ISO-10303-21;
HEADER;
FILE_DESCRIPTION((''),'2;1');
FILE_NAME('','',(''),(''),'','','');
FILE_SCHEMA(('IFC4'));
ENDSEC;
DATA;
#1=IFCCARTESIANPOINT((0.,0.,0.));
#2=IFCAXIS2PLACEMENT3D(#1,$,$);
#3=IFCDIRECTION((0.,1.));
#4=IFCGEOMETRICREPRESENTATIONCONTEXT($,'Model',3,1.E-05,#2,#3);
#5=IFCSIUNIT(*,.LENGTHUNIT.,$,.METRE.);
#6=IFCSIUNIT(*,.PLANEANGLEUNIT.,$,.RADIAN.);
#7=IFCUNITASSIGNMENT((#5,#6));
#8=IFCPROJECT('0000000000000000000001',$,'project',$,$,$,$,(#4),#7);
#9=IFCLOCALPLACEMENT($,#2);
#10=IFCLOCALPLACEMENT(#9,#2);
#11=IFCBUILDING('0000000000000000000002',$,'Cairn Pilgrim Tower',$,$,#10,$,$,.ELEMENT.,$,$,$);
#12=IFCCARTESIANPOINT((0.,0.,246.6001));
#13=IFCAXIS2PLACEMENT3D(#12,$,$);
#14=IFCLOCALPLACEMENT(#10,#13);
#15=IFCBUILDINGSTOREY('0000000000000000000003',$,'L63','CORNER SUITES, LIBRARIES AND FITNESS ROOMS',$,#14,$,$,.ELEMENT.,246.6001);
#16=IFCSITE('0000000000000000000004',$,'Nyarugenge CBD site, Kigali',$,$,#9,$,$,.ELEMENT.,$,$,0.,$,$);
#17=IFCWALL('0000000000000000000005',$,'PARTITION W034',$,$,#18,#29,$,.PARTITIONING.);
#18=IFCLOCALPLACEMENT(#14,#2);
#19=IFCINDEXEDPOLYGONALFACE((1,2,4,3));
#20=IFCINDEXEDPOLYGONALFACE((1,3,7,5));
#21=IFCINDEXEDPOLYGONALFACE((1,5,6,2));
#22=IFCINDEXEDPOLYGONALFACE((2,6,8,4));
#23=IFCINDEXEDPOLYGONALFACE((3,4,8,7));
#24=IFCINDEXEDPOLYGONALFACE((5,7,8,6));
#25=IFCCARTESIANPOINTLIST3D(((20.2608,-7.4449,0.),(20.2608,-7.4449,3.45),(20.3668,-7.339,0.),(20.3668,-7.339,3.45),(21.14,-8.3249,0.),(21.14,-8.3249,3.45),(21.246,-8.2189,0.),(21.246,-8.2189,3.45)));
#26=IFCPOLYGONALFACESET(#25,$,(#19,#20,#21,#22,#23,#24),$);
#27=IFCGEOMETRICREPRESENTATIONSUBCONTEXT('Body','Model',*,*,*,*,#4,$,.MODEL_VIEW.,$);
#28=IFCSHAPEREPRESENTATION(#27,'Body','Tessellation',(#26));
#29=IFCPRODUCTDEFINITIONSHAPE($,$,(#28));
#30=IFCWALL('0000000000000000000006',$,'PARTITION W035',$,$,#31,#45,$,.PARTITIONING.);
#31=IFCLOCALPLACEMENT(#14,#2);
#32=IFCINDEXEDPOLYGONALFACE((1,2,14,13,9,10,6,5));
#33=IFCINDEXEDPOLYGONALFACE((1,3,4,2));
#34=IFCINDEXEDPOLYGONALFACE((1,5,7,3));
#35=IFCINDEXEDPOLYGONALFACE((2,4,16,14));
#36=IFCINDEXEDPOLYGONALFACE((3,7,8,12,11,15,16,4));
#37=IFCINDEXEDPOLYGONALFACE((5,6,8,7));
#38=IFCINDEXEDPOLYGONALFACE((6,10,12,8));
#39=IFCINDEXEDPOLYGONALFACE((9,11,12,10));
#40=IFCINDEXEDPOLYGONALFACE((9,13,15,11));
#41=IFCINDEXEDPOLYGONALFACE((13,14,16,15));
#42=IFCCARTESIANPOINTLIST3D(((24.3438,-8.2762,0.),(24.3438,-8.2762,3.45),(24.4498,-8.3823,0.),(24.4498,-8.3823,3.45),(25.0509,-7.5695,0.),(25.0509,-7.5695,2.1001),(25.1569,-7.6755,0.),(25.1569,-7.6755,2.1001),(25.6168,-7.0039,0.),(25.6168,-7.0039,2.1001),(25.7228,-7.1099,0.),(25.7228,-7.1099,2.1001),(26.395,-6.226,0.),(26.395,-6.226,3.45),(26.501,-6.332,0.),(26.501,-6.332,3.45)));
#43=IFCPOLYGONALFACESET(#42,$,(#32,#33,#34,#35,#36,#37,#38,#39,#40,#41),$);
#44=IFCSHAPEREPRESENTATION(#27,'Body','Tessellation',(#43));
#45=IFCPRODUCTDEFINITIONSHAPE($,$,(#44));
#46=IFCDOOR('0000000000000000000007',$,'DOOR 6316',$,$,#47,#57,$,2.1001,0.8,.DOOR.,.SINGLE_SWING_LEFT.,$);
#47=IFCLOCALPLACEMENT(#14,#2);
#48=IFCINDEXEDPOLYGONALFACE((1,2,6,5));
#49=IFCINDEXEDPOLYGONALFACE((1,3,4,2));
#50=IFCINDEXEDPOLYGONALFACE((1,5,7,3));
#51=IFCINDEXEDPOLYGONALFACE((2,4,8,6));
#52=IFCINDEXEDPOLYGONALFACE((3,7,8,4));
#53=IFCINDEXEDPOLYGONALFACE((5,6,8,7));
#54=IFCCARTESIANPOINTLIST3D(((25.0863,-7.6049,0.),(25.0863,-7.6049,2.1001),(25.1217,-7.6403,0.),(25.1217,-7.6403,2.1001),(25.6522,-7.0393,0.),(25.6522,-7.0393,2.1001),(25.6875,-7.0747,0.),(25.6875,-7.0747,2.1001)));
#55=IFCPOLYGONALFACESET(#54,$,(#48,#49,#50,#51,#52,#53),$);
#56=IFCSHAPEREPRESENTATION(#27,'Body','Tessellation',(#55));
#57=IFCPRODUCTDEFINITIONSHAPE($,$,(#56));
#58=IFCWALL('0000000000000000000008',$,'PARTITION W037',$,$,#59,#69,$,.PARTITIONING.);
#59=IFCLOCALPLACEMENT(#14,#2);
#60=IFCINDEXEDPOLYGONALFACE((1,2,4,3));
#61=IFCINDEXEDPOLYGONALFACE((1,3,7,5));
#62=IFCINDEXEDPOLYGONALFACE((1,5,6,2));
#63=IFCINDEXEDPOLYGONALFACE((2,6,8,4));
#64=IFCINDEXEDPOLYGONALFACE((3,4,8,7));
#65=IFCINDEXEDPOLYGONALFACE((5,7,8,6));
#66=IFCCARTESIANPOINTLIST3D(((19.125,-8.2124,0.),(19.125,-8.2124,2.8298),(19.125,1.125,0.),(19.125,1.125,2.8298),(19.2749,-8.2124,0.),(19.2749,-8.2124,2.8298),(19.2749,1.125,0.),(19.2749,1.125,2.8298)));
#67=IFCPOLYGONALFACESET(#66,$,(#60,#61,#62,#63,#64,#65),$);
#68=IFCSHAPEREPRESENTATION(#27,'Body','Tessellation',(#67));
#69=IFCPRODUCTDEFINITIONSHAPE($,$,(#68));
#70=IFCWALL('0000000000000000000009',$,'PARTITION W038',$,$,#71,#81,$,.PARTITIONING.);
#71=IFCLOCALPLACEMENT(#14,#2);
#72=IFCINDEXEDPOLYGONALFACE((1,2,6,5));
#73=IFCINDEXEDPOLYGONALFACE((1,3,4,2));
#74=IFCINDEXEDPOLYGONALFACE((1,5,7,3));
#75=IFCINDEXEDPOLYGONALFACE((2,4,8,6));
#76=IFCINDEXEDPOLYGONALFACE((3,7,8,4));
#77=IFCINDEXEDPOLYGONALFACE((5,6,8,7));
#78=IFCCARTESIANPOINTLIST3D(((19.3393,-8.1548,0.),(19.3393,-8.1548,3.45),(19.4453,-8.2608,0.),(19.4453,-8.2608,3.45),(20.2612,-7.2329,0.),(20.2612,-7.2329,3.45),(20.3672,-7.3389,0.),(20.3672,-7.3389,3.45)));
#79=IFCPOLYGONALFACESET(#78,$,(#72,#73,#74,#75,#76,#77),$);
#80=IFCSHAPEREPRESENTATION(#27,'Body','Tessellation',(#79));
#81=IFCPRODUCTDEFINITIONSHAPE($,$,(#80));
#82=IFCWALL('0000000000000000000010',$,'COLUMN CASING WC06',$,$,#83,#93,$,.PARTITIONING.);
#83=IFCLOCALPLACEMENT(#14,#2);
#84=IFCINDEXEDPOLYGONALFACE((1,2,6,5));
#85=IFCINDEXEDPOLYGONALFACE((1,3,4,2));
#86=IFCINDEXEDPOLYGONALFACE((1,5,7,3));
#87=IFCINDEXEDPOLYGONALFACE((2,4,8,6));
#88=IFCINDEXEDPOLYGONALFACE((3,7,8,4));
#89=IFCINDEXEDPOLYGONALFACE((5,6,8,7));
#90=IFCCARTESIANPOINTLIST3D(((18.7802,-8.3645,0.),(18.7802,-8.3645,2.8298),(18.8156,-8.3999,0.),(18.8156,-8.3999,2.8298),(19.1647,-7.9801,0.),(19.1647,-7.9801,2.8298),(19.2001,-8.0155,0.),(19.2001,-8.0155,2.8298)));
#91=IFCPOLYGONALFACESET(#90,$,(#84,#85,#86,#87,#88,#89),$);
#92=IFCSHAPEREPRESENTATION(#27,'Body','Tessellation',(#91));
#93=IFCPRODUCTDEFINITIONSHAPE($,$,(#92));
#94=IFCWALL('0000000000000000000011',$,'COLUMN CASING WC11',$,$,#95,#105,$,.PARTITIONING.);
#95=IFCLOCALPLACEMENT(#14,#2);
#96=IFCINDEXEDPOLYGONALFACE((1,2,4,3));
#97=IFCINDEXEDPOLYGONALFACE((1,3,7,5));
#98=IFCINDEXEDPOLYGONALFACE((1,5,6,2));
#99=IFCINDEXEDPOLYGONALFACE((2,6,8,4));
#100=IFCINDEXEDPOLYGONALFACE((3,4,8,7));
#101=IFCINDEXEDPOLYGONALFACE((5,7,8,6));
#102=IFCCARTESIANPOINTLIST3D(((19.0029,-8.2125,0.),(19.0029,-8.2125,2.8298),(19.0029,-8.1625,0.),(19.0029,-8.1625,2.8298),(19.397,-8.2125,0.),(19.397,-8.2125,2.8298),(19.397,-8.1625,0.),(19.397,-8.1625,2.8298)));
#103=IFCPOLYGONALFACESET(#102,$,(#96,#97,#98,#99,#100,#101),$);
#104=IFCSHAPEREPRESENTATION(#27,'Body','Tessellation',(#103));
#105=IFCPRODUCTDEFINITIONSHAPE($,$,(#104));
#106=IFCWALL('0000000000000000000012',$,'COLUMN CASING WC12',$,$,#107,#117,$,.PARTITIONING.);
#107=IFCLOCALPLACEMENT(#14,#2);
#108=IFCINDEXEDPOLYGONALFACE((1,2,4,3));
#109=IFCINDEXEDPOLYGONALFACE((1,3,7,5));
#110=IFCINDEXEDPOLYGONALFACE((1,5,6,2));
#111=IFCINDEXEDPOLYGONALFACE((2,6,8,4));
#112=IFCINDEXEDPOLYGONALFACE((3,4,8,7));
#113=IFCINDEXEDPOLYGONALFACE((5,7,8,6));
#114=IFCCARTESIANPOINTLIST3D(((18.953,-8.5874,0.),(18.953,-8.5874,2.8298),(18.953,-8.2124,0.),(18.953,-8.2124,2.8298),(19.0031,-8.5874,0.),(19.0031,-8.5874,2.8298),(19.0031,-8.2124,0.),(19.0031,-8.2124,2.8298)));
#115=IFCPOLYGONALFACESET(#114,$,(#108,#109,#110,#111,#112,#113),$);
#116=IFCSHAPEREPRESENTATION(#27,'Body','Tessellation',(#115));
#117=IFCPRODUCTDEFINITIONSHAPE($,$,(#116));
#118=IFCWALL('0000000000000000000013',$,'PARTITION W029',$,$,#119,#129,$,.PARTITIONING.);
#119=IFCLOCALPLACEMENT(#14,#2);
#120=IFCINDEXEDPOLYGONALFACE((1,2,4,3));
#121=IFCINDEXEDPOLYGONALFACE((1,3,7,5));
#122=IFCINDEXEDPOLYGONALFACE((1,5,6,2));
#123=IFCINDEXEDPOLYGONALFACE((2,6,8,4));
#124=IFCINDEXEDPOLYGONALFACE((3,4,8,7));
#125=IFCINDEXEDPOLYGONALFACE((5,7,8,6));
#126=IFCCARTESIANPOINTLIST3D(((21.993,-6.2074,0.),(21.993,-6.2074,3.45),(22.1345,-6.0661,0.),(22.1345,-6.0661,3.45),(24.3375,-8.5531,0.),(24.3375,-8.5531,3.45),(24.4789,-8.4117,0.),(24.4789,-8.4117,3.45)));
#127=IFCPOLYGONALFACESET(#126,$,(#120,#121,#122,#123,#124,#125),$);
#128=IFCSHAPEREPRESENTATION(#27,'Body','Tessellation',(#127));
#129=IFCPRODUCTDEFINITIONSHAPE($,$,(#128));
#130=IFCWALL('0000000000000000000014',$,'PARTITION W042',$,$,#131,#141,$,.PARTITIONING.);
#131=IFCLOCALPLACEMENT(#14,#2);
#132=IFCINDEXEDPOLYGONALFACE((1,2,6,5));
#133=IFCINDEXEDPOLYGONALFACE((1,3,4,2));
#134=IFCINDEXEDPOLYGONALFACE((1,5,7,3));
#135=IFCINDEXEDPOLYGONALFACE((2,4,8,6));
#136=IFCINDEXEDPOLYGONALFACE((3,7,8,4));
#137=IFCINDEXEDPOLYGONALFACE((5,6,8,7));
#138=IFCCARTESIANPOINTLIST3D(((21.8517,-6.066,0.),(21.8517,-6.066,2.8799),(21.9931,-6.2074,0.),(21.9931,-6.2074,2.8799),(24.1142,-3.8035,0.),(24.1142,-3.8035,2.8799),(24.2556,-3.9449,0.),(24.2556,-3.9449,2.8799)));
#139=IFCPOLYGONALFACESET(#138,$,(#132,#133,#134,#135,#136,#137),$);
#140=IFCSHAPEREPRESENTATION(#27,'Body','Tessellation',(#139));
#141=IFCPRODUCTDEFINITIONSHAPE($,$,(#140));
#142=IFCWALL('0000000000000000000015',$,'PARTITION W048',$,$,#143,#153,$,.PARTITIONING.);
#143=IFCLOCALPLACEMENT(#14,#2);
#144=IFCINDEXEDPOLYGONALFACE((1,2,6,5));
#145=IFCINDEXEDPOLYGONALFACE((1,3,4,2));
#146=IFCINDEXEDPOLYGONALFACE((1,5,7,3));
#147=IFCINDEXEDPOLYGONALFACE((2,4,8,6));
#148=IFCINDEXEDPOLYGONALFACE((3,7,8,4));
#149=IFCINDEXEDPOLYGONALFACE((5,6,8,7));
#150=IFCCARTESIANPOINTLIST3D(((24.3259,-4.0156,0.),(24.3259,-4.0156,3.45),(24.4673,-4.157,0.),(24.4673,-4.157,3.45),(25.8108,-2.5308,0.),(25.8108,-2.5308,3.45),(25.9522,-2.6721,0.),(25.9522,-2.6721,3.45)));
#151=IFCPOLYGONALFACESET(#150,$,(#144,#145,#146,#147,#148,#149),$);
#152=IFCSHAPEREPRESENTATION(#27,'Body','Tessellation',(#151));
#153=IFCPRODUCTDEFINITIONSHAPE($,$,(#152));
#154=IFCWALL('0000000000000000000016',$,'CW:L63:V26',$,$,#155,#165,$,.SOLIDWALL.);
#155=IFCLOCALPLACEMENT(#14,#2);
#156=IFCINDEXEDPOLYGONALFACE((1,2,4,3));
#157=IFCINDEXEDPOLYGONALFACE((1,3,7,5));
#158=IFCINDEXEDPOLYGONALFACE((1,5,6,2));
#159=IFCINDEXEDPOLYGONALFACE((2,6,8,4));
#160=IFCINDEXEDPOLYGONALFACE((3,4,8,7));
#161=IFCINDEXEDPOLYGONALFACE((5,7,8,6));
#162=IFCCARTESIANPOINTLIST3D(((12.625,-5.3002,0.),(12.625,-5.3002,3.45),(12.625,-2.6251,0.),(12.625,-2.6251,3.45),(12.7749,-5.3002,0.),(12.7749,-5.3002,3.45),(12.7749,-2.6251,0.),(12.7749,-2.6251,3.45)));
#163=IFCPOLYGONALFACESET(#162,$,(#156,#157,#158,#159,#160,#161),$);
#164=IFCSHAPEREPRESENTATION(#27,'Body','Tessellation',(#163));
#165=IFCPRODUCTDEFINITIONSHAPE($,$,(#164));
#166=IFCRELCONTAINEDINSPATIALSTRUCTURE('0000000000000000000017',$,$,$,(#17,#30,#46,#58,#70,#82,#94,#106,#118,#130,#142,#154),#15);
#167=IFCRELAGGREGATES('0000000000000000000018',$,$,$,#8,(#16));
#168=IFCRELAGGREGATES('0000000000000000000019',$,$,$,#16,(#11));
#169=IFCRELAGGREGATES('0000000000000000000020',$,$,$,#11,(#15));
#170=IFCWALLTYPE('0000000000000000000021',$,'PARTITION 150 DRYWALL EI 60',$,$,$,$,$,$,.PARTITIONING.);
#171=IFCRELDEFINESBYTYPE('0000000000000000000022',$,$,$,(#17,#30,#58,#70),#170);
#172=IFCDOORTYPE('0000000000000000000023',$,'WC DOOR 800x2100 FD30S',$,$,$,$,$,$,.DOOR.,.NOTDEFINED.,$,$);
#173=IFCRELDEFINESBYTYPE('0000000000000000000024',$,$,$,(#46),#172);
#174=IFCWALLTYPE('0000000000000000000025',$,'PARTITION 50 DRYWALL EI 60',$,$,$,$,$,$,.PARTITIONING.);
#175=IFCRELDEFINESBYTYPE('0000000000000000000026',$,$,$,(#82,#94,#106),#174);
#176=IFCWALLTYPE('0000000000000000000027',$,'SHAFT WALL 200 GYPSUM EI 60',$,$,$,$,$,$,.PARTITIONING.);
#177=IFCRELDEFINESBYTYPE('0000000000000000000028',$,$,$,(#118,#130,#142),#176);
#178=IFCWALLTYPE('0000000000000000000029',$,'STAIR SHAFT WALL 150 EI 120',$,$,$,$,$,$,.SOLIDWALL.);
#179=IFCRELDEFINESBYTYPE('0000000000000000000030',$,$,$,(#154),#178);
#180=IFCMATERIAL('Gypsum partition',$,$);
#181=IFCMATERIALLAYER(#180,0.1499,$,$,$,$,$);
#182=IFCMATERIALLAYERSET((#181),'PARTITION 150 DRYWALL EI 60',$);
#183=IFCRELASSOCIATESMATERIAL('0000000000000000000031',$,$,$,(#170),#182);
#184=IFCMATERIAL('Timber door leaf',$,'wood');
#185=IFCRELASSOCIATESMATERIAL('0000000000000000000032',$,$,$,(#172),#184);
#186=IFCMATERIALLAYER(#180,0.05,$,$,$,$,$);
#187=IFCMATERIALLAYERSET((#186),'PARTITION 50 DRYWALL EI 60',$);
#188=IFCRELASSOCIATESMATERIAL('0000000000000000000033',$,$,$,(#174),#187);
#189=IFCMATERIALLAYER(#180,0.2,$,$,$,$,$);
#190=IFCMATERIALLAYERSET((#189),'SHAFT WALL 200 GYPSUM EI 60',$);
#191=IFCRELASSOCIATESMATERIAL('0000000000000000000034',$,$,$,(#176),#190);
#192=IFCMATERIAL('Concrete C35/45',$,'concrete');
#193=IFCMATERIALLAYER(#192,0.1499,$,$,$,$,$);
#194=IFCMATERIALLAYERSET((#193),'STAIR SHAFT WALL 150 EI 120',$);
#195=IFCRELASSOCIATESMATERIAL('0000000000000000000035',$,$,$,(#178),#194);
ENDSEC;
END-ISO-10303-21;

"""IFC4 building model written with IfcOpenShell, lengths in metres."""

from ifc_helpers import new_model, si_unit, direction, frame, frame_2d, origin, place, context, subcontext, project, spatial, rectangle, extrude, material, layer, layer_set, type_object, element, fill, save


model = new_model("IFC4")

# Units and contexts
model_context = context("Model", 3, precision=1e-05, world=origin(), true_north=direction((0.0, 1.0)))
body_context = subcontext(model_context, "Body", "Model", "MODEL_VIEW")
ifc_project = project(units=[si_unit("LENGTHUNIT", "METRE"), si_unit("PLANEANGLEUNIT", "RADIAN")], contexts=[model_context])

# Site, building, storey
site_placement = place(None, origin())
site = spatial("IfcSite", under=ifc_project, at=site_placement, Name="Nyarugenge CBD site, Kigali", CompositionType="ELEMENT", RefElevation=0.0)
building_placement = place(site_placement, origin())
building = spatial("IfcBuilding", under=site, at=building_placement, Name="Cairn Pilgrim Tower", CompositionType="ELEMENT")
storey_placement = place(building_placement, frame((0.0, 0.0, 246.6001)))
storey = spatial("IfcBuildingStorey", under=building, at=storey_placement, Name="L63", Description="CORNER SUITES, LIBRARIES AND FITNESS ROOMS", CompositionType="ELEMENT", Elevation=246.6001)

# Shared definitions
ifc_material_1 = material(Name="Gypsum partition")
ifc_layer_1 = layer(ifc_material_1, 0.1499)
ifc_layer_set_1 = layer_set([ifc_layer_1], Name="PARTITION 150 DRYWALL EI 60")
wall_type_1 = type_object("IfcWallType", Name="PARTITION 150 DRYWALL EI 60", PredefinedType="PARTITIONING", material=ifc_layer_set_1)
ifc_material_2 = material(Name="Timber door leaf", Category="wood")

# Wall
wall_1_placement = place(storey_placement, frame((21.1931, -8.272, 0.0), z_axis=(0.0, 0.0, 1.0), x_axis=(-0.706812, 0.707401, 0.0)))
element("IfcWall", 1, at=wall_1_placement, inside=storey, type_object=wall_type_1, Name="PARTITION W034", PredefinedType="PARTITIONING", context=body_context, shape_type="SweptSolid", body=[
    extrude(rectangle(XDim=1.2439, YDim=0.1499, at=frame_2d((0.6221, 0.0))), origin(), (0.0, 0.0, 1.0), 3.45),
])

# Wall, opening, door
wall_2_placement = place(storey_placement, frame((24.3967, -8.3293, 0.0), z_axis=(0.0, 0.0, 1.0), x_axis=(0.707275, 0.706938, 0.0)))
wall_2 = element("IfcWall", 2, at=wall_2_placement, inside=storey, type_object=wall_type_1, Name="PARTITION W035", PredefinedType="PARTITIONING", context=body_context, shape_type="SweptSolid", body=[
    extrude(rectangle(XDim=2.9001, YDim=0.1499, at=frame_2d((1.4502, 0.0))), origin(), (0.0, 0.0, 1.0), 3.45),
])
opening_1_placement = place(wall_2_placement, frame((1.0, 0.0, 0.0)))
opening_1 = element("IfcOpeningElement", 3, at=opening_1_placement, cuts=wall_2, PredefinedType="OPENING", context=body_context, shape_type="SweptSolid", body=[
    extrude(rectangle(XDim=0.8, YDim=2.1001, at=frame_2d((0.3999, 1.05))), frame((0.0, 0.085, 0.0), z_axis=(0.0, -1.0, 0.0), x_axis=(1.0, 0.0, 0.0)), (0.0, 0.0, 1.0), 0.1699),
])
door_type_1 = type_object("IfcDoorType", Name="WC DOOR 800x2100 FD30S", OperationType="NOTDEFINED", PredefinedType="DOOR", material=ifc_material_2)
door_1_placement = place(opening_1_placement, origin())
door_1 = element("IfcDoor", 4, at=door_1_placement, inside=storey, type_object=door_type_1, Name="DOOR 6316", OperationType="SINGLE_SWING_LEFT", OverallHeight=2.1001, OverallWidth=0.8, PredefinedType="DOOR", context=body_context, shape_type="SweptSolid", body=[
    extrude(rectangle(XDim=0.8, YDim=2.1001, at=frame_2d((0.3999, 1.05))), frame((0.0, 0.0249, 0.0), z_axis=(0.0, -1.0, 0.0), x_axis=(1.0, 0.0, 0.0)), (0.0, 0.0, 1.0), 0.05),
])
fill(opening_1, door_1)

# Walls
wall_3_placement = place(storey_placement, frame((19.2, -8.2124, 0.0), z_axis=(0.0, 0.0, 1.0), x_axis=(0.0, 1.0, 0.0)))
element("IfcWall", 5, at=wall_3_placement, inside=storey, type_object=wall_type_1, Name="PARTITION W037", PredefinedType="PARTITIONING", context=body_context, shape_type="SweptSolid", body=[
    extrude(rectangle(XDim=9.3374, YDim=0.1499, at=frame_2d((4.6687, 0.0))), origin(), (0.0, 0.0, 1.0), 2.8298),
])
wall_4_placement = place(storey_placement, frame((19.3923, -8.2078, 0.0), z_axis=(0.0, 0.0, 1.0), x_axis=(0.707107, 0.707107, 0.0)))
element("IfcWall", 6, at=wall_4_placement, inside=storey, type_object=wall_type_1, Name="PARTITION W038", PredefinedType="PARTITIONING", context=body_context, shape_type="SweptSolid", body=[
    extrude(rectangle(XDim=1.3037, YDim=0.1499, at=frame_2d((0.6519, 0.0))), origin(), (0.0, 0.0, 1.0), 3.45),
])
ifc_layer_2 = layer(ifc_material_1, 0.05)
ifc_layer_set_2 = layer_set([ifc_layer_2], Name="PARTITION 50 DRYWALL EI 60")
wall_type_2 = type_object("IfcWallType", Name="PARTITION 50 DRYWALL EI 60", PredefinedType="PARTITIONING", material=ifc_layer_set_2)
wall_5_placement = place(storey_placement, frame((18.7979, -8.3823, 0.0), z_axis=(0.0, 0.0, 1.0), x_axis=(0.707107, 0.707107, 0.0)))
element("IfcWall", 7, at=wall_5_placement, inside=storey, type_object=wall_type_2, Name="COLUMN CASING WC06", PredefinedType="PARTITIONING", context=body_context, shape_type="SweptSolid", body=[
    extrude(rectangle(XDim=0.5437, YDim=0.05, at=frame_2d((0.272, 0.0))), origin(), (0.0, 0.0, 1.0), 2.8298),
])
wall_6_placement = place(storey_placement, frame((19.0029, -8.1875, 0.0), z_axis=(0.0, 0.0, 1.0), x_axis=(1.0, 0.0, 0.0)))
element("IfcWall", 8, at=wall_6_placement, inside=storey, type_object=wall_type_2, Name="COLUMN CASING WC11", PredefinedType="PARTITIONING", context=body_context, shape_type="SweptSolid", body=[
    extrude(rectangle(XDim=0.394, YDim=0.05, at=frame_2d((0.197, 0.0))), origin(), (0.0, 0.0, 1.0), 2.8298),
])
wall_7_placement = place(storey_placement, frame((18.978, -8.5874, 0.0), z_axis=(0.0, 0.0, 1.0), x_axis=(0.0, 1.0, 0.0)))
element("IfcWall", 9, at=wall_7_placement, inside=storey, type_object=wall_type_2, Name="COLUMN CASING WC12", PredefinedType="PARTITIONING", context=body_context, shape_type="SweptSolid", body=[
    extrude(rectangle(XDim=0.375, YDim=0.05, at=frame_2d((0.1875, 0.0))), origin(), (0.0, 0.0, 1.0), 2.8298),
])
ifc_layer_3 = layer(ifc_material_1, 0.2)
ifc_layer_set_3 = layer_set([ifc_layer_3], Name="SHAFT WALL 200 GYPSUM EI 60")
wall_type_3 = type_object("IfcWallType", Name="SHAFT WALL 200 GYPSUM EI 60", PredefinedType="PARTITIONING", material=ifc_layer_set_3)
wall_8_placement = place(storey_placement, frame((24.4082, -8.4824, 0.0), z_axis=(0.0, 0.0, 1.0), x_axis=(-0.706923, 0.707291, 0.0)))
element("IfcWall", 10, at=wall_8_placement, inside=storey, type_object=wall_type_3, Name="PARTITION W029", PredefinedType="PARTITIONING", context=body_context, shape_type="SweptSolid", body=[
    extrude(rectangle(XDim=3.3164, YDim=0.2, at=frame_2d((1.6582, 0.0))), origin(), (0.0, 0.0, 1.0), 3.45),
])
wall_9_placement = place(storey_placement, frame((21.9224, -6.1367, 0.0), z_axis=(0.0, 0.0, 1.0), x_axis=(0.707107, 0.707107, 0.0)))
element("IfcWall", 11, at=wall_9_placement, inside=storey, type_object=wall_type_3, Name="PARTITION W042", PredefinedType="PARTITIONING", context=body_context, shape_type="SweptSolid", body=[
    extrude(rectangle(XDim=3.1997, YDim=0.2, at=frame_2d((1.5999, 0.0))), origin(), (0.0, 0.0, 1.0), 2.8799),
])
wall_10_placement = place(storey_placement, frame((24.3967, -4.0862, 0.0), z_axis=(0.0, 0.0, 1.0), x_axis=(0.707107, 0.707107, 0.0)))
element("IfcWall", 12, at=wall_10_placement, inside=storey, type_object=wall_type_3, Name="PARTITION W048", PredefinedType="PARTITIONING", context=body_context, shape_type="SweptSolid", body=[
    extrude(rectangle(XDim=2.0999, YDim=0.2, at=frame_2d((1.0498, 0.0))), origin(), (0.0, 0.0, 1.0), 3.45),
])
ifc_material_3 = material(Name="Concrete C35/45", Category="concrete")
ifc_layer_4 = layer(ifc_material_3, 0.1499)
ifc_layer_set_4 = layer_set([ifc_layer_4], Name="STAIR SHAFT WALL 150 EI 120")
wall_type_4 = type_object("IfcWallType", Name="STAIR SHAFT WALL 150 EI 120", PredefinedType="SOLIDWALL", material=ifc_layer_set_4)
wall_11_placement = place(storey_placement, frame((12.7, -5.3, 0.0), z_axis=(0.0, 0.0, 1.0), x_axis=(0.0, 1.0, 0.0)))
element("IfcWall", 13, at=wall_11_placement, inside=storey, type_object=wall_type_4, Name="CW:L63:V26", PredefinedType="SOLIDWALL", context=body_context, shape_type="SweptSolid", body=[
    extrude(rectangle(XDim=2.675, YDim=0.1499, at=frame_2d((1.3374, 0.0))), origin(), (0.0, 0.0, 1.0), 3.45),
])

save(model, "model.ifc")
